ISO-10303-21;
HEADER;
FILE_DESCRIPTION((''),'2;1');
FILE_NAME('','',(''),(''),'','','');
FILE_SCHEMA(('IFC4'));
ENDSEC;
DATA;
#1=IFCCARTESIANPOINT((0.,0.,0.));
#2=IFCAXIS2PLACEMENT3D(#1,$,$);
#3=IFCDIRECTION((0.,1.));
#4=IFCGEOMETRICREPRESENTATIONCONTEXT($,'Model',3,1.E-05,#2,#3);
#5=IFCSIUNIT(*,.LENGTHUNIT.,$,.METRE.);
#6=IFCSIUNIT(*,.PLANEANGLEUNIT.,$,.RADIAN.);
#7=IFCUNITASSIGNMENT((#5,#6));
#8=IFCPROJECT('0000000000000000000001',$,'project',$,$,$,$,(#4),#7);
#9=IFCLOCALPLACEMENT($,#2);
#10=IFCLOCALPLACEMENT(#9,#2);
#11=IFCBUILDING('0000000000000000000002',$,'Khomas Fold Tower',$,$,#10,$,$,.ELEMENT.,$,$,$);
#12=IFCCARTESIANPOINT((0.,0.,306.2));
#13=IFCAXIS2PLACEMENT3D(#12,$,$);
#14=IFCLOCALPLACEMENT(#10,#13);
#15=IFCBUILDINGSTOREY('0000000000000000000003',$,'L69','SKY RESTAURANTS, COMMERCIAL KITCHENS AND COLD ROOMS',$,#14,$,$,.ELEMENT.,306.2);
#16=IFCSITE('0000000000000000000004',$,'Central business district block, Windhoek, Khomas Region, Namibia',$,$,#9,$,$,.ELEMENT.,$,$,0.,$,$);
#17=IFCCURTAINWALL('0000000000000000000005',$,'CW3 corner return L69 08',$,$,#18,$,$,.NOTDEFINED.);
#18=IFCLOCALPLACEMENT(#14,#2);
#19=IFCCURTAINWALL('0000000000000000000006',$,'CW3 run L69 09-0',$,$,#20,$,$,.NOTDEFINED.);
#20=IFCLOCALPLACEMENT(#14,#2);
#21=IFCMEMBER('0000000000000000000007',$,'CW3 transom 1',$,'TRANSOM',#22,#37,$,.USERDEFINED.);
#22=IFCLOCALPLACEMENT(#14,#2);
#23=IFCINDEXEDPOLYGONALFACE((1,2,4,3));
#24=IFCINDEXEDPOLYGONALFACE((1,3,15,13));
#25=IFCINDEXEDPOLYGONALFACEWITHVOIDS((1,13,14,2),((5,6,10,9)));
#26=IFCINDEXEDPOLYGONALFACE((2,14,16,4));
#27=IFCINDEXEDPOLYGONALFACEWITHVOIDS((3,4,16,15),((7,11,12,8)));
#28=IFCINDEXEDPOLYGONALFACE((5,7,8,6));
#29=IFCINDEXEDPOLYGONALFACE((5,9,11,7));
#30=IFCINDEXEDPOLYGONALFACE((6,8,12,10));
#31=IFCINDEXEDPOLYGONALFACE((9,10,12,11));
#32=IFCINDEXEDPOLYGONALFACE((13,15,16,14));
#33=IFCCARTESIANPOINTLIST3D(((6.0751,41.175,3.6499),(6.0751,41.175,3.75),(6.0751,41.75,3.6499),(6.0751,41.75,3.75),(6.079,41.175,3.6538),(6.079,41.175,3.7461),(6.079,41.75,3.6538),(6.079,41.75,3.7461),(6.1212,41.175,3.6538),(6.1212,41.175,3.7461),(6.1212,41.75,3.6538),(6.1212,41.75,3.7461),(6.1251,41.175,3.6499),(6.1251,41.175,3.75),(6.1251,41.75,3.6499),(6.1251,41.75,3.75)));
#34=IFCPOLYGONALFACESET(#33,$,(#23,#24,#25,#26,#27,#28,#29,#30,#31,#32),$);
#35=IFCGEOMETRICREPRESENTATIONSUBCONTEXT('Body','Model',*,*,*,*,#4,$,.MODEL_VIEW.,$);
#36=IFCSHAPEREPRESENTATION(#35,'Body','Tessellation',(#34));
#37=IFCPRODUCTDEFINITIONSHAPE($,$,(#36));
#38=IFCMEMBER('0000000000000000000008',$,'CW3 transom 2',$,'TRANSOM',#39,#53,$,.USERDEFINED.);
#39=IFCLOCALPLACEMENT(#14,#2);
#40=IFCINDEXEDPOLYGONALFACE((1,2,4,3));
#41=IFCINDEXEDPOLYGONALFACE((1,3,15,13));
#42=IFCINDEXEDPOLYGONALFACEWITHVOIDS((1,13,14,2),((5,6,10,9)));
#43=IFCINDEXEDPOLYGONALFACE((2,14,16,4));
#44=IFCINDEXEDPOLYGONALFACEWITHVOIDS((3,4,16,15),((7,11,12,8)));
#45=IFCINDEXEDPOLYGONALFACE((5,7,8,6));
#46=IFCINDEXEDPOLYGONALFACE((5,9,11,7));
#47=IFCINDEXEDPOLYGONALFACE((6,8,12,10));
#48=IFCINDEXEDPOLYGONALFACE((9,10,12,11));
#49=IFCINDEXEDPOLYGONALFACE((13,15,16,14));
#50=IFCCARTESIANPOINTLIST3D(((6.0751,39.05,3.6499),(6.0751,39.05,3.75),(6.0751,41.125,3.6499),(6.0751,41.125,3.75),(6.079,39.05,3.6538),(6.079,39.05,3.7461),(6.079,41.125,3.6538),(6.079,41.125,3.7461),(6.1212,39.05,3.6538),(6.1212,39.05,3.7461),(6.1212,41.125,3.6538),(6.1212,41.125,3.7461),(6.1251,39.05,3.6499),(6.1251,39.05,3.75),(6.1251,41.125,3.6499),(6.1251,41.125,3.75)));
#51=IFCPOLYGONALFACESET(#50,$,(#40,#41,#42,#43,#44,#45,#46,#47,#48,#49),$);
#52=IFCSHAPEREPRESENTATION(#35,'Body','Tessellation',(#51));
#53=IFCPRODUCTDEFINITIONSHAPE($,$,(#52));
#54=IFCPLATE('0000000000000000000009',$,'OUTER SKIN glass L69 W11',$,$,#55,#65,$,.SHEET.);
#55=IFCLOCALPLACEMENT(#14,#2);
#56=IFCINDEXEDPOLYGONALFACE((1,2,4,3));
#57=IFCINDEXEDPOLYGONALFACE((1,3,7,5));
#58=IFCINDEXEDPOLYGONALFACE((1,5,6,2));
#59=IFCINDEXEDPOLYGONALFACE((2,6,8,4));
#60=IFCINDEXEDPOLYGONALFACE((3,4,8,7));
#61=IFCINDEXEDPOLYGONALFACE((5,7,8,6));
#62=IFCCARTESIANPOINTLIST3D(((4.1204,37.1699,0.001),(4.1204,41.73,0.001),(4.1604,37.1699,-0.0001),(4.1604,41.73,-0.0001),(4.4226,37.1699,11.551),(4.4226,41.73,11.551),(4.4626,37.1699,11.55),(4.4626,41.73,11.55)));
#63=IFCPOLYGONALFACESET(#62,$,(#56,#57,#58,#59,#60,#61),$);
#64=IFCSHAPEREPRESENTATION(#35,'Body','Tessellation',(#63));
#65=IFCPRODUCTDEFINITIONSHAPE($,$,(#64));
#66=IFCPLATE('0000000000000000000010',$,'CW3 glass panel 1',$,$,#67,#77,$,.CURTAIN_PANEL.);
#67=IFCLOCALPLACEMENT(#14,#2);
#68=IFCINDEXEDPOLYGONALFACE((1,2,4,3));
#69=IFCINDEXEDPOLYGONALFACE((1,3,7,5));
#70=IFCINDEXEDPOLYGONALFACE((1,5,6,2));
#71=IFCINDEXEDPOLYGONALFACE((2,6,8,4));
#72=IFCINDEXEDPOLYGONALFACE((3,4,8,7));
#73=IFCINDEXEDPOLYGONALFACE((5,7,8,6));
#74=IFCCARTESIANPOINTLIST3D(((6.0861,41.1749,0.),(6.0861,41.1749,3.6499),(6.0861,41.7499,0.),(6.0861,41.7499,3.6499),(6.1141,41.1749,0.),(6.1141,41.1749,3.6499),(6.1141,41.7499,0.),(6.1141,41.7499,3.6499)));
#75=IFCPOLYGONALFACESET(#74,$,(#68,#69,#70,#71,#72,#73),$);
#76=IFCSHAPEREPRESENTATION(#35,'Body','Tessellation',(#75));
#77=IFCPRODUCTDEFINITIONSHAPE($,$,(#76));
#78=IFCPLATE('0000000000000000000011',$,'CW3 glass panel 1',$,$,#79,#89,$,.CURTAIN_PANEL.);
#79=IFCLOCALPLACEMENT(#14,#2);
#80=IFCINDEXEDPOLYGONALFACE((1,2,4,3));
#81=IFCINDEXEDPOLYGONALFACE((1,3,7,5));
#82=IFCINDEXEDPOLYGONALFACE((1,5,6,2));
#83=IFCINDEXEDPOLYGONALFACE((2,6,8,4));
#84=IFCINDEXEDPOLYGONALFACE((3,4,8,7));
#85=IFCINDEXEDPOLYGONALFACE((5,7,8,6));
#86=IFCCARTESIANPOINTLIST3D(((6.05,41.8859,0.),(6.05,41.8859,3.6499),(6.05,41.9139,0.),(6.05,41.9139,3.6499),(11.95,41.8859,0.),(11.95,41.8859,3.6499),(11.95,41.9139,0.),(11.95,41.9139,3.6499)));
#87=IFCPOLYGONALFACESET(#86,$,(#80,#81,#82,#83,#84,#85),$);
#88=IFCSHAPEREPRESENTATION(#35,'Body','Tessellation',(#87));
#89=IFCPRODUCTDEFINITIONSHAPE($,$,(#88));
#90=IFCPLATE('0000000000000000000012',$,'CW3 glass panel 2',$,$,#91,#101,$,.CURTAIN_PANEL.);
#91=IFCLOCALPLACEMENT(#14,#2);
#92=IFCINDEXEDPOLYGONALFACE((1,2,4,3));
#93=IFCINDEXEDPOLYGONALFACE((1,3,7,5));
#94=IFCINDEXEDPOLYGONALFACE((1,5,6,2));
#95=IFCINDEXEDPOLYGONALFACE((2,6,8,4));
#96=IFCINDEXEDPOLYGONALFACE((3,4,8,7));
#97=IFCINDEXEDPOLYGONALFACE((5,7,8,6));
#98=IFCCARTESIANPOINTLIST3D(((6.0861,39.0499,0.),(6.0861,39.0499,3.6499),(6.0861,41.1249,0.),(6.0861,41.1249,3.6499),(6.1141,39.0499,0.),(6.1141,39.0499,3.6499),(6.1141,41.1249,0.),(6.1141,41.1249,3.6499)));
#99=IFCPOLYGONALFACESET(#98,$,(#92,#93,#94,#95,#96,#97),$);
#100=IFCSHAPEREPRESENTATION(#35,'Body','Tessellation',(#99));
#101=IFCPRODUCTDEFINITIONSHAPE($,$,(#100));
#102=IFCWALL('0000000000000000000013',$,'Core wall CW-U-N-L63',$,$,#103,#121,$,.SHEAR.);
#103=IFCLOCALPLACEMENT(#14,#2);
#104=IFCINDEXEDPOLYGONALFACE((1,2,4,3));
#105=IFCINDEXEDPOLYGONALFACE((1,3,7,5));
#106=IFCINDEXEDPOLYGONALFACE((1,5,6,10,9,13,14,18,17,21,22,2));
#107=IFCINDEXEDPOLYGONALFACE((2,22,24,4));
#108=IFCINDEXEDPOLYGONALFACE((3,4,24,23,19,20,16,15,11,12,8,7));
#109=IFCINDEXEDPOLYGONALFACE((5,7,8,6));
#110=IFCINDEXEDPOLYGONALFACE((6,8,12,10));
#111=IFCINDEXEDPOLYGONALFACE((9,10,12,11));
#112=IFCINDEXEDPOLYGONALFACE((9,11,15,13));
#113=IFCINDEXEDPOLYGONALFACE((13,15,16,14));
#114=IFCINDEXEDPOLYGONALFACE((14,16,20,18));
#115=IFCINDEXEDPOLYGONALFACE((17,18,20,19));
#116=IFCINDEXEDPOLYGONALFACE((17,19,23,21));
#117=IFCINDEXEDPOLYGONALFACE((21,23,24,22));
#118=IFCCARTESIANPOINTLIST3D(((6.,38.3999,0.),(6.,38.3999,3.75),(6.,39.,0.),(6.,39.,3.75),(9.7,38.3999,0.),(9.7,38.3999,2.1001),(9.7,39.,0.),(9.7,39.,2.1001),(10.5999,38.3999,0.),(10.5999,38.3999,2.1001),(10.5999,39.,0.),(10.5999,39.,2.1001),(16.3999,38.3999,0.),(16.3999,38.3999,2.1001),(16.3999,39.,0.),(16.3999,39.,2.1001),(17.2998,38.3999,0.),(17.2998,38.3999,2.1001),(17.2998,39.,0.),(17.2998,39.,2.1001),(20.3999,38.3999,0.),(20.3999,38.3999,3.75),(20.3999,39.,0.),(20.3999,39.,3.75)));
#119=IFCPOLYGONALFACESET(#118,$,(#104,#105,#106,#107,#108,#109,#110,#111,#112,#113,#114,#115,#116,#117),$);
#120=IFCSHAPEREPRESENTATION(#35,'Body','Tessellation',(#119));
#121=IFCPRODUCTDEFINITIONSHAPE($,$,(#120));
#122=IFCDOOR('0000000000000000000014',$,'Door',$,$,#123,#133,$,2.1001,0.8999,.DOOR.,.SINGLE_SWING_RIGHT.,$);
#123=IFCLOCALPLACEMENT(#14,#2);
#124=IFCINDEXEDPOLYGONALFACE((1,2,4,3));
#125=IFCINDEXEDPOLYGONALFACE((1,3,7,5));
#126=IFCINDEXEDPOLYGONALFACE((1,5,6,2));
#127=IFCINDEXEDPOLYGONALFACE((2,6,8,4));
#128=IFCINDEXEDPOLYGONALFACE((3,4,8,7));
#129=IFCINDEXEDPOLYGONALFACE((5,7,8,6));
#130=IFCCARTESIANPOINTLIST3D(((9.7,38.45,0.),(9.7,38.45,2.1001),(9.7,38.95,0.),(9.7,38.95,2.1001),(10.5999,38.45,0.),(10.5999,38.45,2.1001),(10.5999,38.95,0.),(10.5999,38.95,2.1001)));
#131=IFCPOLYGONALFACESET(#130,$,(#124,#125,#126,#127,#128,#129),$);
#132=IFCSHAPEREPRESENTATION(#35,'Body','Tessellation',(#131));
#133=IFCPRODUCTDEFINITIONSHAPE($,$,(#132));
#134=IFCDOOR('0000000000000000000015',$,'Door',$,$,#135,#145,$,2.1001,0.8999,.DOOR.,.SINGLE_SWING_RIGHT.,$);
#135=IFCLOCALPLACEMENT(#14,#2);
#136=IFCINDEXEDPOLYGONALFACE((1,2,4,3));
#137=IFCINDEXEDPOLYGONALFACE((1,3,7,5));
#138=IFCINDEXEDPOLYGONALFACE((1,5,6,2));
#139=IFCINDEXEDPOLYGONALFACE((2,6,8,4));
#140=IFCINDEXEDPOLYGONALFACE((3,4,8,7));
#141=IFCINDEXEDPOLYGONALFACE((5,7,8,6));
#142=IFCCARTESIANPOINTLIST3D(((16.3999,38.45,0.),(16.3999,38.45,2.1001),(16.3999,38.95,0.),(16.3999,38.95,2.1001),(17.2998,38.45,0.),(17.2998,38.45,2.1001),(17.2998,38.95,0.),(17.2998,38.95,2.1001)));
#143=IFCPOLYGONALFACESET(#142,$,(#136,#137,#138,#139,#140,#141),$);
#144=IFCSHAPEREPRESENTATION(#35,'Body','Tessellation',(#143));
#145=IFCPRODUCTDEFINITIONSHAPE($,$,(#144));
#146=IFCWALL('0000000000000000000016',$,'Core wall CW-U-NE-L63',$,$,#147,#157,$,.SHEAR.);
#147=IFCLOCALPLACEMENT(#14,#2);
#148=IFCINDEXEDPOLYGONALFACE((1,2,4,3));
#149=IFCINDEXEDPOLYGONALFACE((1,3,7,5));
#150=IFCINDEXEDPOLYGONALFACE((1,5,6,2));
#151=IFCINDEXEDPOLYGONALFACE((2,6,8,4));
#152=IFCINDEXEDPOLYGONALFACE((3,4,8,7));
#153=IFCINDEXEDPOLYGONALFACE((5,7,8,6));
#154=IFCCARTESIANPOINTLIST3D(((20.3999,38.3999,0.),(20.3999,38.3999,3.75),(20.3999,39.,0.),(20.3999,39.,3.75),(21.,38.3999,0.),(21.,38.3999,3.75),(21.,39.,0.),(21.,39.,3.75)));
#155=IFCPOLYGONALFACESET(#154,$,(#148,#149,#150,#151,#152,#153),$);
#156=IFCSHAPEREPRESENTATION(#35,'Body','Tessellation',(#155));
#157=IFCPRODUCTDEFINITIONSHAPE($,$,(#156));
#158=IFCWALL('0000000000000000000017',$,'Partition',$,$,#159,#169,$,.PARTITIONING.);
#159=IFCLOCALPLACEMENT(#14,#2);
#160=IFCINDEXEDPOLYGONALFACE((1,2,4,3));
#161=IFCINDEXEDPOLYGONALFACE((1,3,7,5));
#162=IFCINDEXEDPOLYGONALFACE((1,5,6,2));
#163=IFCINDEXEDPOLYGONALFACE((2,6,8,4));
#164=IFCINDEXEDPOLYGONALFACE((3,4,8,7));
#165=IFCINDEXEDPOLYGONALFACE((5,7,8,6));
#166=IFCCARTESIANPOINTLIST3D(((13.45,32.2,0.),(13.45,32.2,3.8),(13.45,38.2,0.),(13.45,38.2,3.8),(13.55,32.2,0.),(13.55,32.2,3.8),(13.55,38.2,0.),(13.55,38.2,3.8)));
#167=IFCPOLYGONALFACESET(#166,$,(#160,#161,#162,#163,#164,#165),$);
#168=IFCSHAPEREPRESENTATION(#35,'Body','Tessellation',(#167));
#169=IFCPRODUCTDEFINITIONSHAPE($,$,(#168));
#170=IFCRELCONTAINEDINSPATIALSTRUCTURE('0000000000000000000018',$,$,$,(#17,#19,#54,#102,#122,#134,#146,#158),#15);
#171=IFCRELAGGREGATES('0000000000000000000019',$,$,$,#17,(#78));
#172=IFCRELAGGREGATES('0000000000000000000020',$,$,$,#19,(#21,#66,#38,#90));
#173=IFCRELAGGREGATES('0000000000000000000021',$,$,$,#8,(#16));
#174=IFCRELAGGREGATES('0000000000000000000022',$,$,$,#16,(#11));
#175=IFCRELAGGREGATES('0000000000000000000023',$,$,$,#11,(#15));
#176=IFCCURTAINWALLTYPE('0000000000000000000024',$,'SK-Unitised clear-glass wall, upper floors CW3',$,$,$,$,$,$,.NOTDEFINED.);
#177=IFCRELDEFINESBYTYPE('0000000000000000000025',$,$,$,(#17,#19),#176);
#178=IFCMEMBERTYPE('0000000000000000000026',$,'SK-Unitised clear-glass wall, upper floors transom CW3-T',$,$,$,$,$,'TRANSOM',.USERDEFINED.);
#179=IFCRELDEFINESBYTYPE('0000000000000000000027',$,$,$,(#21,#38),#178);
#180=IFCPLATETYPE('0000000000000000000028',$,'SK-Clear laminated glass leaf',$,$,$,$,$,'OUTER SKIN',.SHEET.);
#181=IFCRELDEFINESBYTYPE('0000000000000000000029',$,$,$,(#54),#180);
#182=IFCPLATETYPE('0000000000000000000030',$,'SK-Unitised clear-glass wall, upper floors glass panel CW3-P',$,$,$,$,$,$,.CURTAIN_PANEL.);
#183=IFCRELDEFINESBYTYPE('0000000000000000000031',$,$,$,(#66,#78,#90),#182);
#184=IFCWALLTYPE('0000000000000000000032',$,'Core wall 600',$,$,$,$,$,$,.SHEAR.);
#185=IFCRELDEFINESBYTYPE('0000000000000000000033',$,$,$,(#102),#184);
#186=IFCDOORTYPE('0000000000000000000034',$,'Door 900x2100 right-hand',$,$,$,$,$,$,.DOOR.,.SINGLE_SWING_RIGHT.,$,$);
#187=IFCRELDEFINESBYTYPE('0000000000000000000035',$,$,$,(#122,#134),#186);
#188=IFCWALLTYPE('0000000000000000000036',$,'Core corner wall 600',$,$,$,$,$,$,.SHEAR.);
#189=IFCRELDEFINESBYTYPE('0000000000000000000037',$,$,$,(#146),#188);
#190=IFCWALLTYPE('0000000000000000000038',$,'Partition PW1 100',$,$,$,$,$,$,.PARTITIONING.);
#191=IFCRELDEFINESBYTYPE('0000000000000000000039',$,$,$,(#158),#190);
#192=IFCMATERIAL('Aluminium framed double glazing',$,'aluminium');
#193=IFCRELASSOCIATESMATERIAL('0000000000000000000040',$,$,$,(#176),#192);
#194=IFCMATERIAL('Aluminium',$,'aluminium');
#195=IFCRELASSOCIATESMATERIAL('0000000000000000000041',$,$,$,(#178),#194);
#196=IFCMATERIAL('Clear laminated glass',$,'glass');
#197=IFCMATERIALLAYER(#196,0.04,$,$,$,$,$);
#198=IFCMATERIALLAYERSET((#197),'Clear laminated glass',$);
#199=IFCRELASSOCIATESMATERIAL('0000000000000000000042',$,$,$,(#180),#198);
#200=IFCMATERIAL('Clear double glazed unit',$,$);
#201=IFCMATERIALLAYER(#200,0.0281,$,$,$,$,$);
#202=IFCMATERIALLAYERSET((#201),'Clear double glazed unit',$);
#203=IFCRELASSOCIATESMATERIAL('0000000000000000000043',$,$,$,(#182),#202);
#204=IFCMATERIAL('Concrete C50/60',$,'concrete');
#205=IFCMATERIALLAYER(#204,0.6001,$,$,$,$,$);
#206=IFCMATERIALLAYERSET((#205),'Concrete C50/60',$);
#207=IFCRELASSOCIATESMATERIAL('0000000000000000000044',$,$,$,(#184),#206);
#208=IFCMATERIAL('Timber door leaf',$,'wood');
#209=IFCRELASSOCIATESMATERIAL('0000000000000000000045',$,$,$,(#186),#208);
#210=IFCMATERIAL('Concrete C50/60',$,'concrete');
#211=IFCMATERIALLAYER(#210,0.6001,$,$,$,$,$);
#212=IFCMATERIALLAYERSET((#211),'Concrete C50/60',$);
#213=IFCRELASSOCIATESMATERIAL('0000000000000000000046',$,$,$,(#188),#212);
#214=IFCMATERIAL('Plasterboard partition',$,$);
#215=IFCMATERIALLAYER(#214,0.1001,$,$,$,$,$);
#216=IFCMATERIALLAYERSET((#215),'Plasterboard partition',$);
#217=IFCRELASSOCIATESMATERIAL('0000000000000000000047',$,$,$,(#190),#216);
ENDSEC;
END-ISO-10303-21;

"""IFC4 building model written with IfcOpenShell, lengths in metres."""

from ifc_helpers import new_model, si_unit, direction, frame, frame_2d, origin, origin_2d, place, context, subcontext, project, spatial, polyline, rectangle, hollow_rectangle, outline, extrude, source, transform, mapped, material, layer, layer_set, material_profile, profile_set, type_object, element, fill, aggregate, save


model = new_model("IFC4")

# Units and contexts
model_context = context("Model", 3, precision=1e-05, world=origin(), true_north=direction((0.0, 1.0)))
body_context = subcontext(model_context, "Body", "Model", "MODEL_VIEW")
ifc_project = project(units=[si_unit("LENGTHUNIT", "METRE"), si_unit("PLANEANGLEUNIT", "RADIAN")], contexts=[model_context])

# Site, building, storey
site_placement = place(None, origin())
site = spatial("IfcSite", under=ifc_project, at=site_placement, Name="Central business district block, Windhoek, Khomas Region, Namibia", CompositionType="ELEMENT", RefElevation=0.0)
building_placement = place(site_placement, origin())
building = spatial("IfcBuilding", under=site, at=building_placement, Name="Khomas Fold Tower", CompositionType="ELEMENT")
storey_placement = place(building_placement, frame((0.0, 0.0, 306.2)))
storey = spatial("IfcBuildingStorey", under=building, at=storey_placement, Name="L69", Description="SKY RESTAURANTS, COMMERCIAL KITCHENS AND COLD ROOMS", CompositionType="ELEMENT", Elevation=306.2)

# Curtain wall
ifc_material_1 = material(Name="Aluminium framed double glazing", Category="aluminium")
curtain_wall_type = type_object("IfcCurtainWallType", Name="SK-Unitised clear-glass wall, upper floors CW3", PredefinedType="NOTDEFINED", material=ifc_material_1)
curtain_wall_1_placement = place(storey_placement, origin())
curtain_wall_1 = element("IfcCurtainWall", 1, at=curtain_wall_1_placement, inside=storey, type_object=curtain_wall_type, Name="CW3 corner return L69 08", PredefinedType="NOTDEFINED")

# Curtain wall, members
curtain_wall_2_placement = place(storey_placement, origin())
curtain_wall_2 = element("IfcCurtainWall", 2, at=curtain_wall_2_placement, inside=storey, type_object=curtain_wall_type, Name="CW3 run L69 09-0", PredefinedType="NOTDEFINED")
ifc_material_2 = material(Name="Aluminium", Category="aluminium")
ifc_material_profile_1 = material_profile(ifc_material_2, hollow_rectangle(XDim=0.05, YDim=0.1001, WallThickness=0.0039, at=origin_2d()), Name="SK-Unitised clear-glass wall, upper floors transom CW3-T")
ifc_profile_set_1 = profile_set([ifc_material_profile_1], Name="Aluminium")
member_type_1 = type_object("IfcMemberType", Name="SK-Unitised clear-glass wall, upper floors transom CW3-T", ElementType="TRANSOM", PredefinedType="USERDEFINED", material=ifc_profile_set_1)
shared_shape_1 = source(origin(), body_context, "Body", "SweptSolid", [
    extrude(hollow_rectangle(XDim=0.05, YDim=0.1001, WallThickness=0.0039, at=origin_2d()), origin(), (0.0, 0.0, 1.0), 0.575),
])
member_1_placement = place(storey_placement, frame((6.1001, 41.75, 3.7), z_axis=(0.0, -1.0, 0.0), x_axis=(1.0, 0.0, 0.0)))
member_1 = element("IfcMember", 3, at=member_1_placement, type_object=member_type_1, Name="CW3 transom 1", ObjectType="TRANSOM", PredefinedType="USERDEFINED", context=body_context, shape_type="MappedRepresentation", body=[
    mapped(shared_shape_1, transform((0.0, 0.0, 0.0))),
])
shared_shape_2 = source(origin(), body_context, "Body", "SweptSolid", [
    extrude(hollow_rectangle(XDim=0.05, YDim=0.1001, WallThickness=0.0039, at=origin_2d()), origin(), (0.0, 0.0, 1.0), 2.075),
])
member_2_placement = place(storey_placement, frame((6.1001, 41.125, 3.7), z_axis=(0.0, -1.0, 0.0), x_axis=(1.0, 0.0, 0.0)))
member_2 = element("IfcMember", 4, at=member_2_placement, type_object=member_type_1, Name="CW3 transom 2", ObjectType="TRANSOM", PredefinedType="USERDEFINED", context=body_context, shape_type="MappedRepresentation", body=[
    mapped(shared_shape_2, transform((0.0, 0.0, 0.0))),
])

# Plates
ifc_material_3 = material(Name="Clear laminated glass", Category="glass")
ifc_layer_1 = layer(ifc_material_3, 0.04)
ifc_layer_set_1 = layer_set([ifc_layer_1], Name="Clear laminated glass")
plate_type_1 = type_object("IfcPlateType", Name="SK-Clear laminated glass leaf", ElementType="OUTER SKIN", PredefinedType="SHEET", material=ifc_layer_set_1)
plate_1_placement = place(storey_placement, frame((4.1204, 37.1699, 0.001), z_axis=(-0.999658, 0.0, 0.026159), x_axis=(0.0, 1.0, 0.0)))
element("IfcPlate", 5, at=plate_1_placement, inside=storey, type_object=plate_type_1, Name="OUTER SKIN glass L69 W11", PredefinedType="SHEET", context=body_context, shape_type="SweptSolid", body=[
    extrude(outline(polyline([(0.0, 0.0), (4.5601, 0.0), (4.5601, -11.554), (0.0, -11.554), (0.0, 0.0)])), origin(), (0.0, 0.0, -1.0), 0.04),
])
ifc_material_4 = material(Name="Clear double glazed unit")
ifc_layer_2 = layer(ifc_material_4, 0.0281)
ifc_layer_set_2 = layer_set([ifc_layer_2], Name="Clear double glazed unit")
plate_type_2 = type_object("IfcPlateType", Name="SK-Unitised clear-glass wall, upper floors glass panel CW3-P", PredefinedType="CURTAIN_PANEL", material=ifc_layer_set_2)
shared_shape_3 = source(origin(), body_context, "Body", "SweptSolid", [
    extrude(rectangle(XDim=0.575, YDim=0.0281, at=origin_2d()), origin(), (0.0, 0.0, 1.0), 3.6499),
])
plate_2_placement = place(storey_placement, frame((6.1001, 41.4624, 0.0), z_axis=(0.0, 0.0, 1.0), x_axis=(0.0, -1.0, 0.0)))
plate_2 = element("IfcPlate", 6, at=plate_2_placement, type_object=plate_type_2, Name="CW3 glass panel 1", PredefinedType="CURTAIN_PANEL", context=body_context, shape_type="MappedRepresentation", body=[
    mapped(shared_shape_3, transform((0.0, 0.0, 0.0))),
])
shared_shape_4 = source(origin(), body_context, "Body", "SweptSolid", [
    extrude(rectangle(XDim=5.8999, YDim=0.0281, at=origin_2d()), origin(), (0.0, 0.0, 1.0), 3.6499),
])
plate_3_placement = place(storey_placement, frame((9.0, 41.8999, 0.0), z_axis=(0.0, 0.0, 1.0), x_axis=(-1.0, 0.0, 0.0)))
plate_3 = element("IfcPlate", 7, at=plate_3_placement, type_object=plate_type_2, Name="CW3 glass panel 1", PredefinedType="CURTAIN_PANEL", context=body_context, shape_type="MappedRepresentation", body=[
    mapped(shared_shape_4, transform((0.0, 0.0, 0.0))),
])
aggregate(curtain_wall_1, [plate_3])
shared_shape_5 = source(origin(), body_context, "Body", "SweptSolid", [
    extrude(rectangle(XDim=2.075, YDim=0.0281, at=origin_2d()), origin(), (0.0, 0.0, 1.0), 3.6499),
])
plate_4_placement = place(storey_placement, frame((6.1001, 40.0874, 0.0), z_axis=(0.0, 0.0, 1.0), x_axis=(0.0, -1.0, 0.0)))
plate_4 = element("IfcPlate", 8, at=plate_4_placement, type_object=plate_type_2, Name="CW3 glass panel 2", PredefinedType="CURTAIN_PANEL", context=body_context, shape_type="MappedRepresentation", body=[
    mapped(shared_shape_5, transform((0.0, 0.0, 0.0))),
])
aggregate(curtain_wall_2, [member_1, plate_2, member_2, plate_4])

# Wall, openings, doors
ifc_material_5 = material(Name="Concrete C50/60", Category="concrete")
ifc_layer_3 = layer(ifc_material_5, 0.6001)
ifc_layer_set_3 = layer_set([ifc_layer_3], Name="Concrete C50/60")
wall_type_1 = type_object("IfcWallType", Name="Core wall 600", PredefinedType="SHEAR", material=ifc_layer_set_3)
shared_shape_6 = source(origin(), body_context, "Body", "SweptSolid", [
    extrude(rectangle(XDim=14.3999, YDim=0.6001, at=frame_2d((7.2, 0.0))), origin(), (0.0, 0.0, 1.0), 3.75),
])
wall_1_placement = place(storey_placement, frame((6.0, 38.7, 0.0), z_axis=(0.0, 0.0, 1.0), x_axis=(1.0, 0.0, 0.0)))
wall_1 = element("IfcWall", 9, at=wall_1_placement, inside=storey, type_object=wall_type_1, Name="Core wall CW-U-N-L63", PredefinedType="SHEAR", context=body_context, shape_type="MappedRepresentation", body=[
    mapped(shared_shape_6, transform((0.0, 0.0, 0.0))),
])
shared_shape_7 = source(origin(), body_context, "Body", "SweptSolid", [
    extrude(rectangle(XDim=0.8999, YDim=2.1001, at=frame_2d((0.45, 1.05))), frame((0.0, 0.3101, 0.0), z_axis=(0.0, -1.0, 0.0), x_axis=(1.0, 0.0, 0.0)), (0.0, 0.0, 1.0), 0.6201),
])
opening_1_placement = place(wall_1_placement, frame((3.7, 0.0, 0.0)))
opening_1 = element("IfcOpeningElement", 10, at=opening_1_placement, cuts=wall_1, PredefinedType="OPENING", context=body_context, shape_type="MappedRepresentation", body=[
    mapped(shared_shape_7, transform((0.0, 0.0, 0.0))),
])
opening_2_placement = place(wall_1_placement, frame((10.3999, 0.0, 0.0)))
opening_2 = element("IfcOpeningElement", 11, at=opening_2_placement, cuts=wall_1, PredefinedType="OPENING", context=body_context, shape_type="MappedRepresentation", body=[
    mapped(shared_shape_7, transform((0.0, 0.0, 0.0))),
])
ifc_material_6 = material(Name="Timber door leaf", Category="wood")
door_type = type_object("IfcDoorType", Name="Door 900x2100 right-hand", OperationType="SINGLE_SWING_RIGHT", PredefinedType="DOOR", material=ifc_material_6)
shared_shape_8 = source(origin(), body_context, "Body", "SweptSolid", [
    extrude(rectangle(XDim=0.8999, YDim=2.1001, at=frame_2d((0.45, 1.05))), frame((0.0, 0.25, 0.0), z_axis=(0.0, -1.0, 0.0), x_axis=(1.0, 0.0, 0.0)), (0.0, 0.0, 1.0), 0.5),
])
door_1_placement = place(opening_1_placement, origin())
door_1 = element("IfcDoor", 12, at=door_1_placement, inside=storey, type_object=door_type, Name="Door", OperationType="SINGLE_SWING_RIGHT", OverallHeight=2.1001, OverallWidth=0.8999, PredefinedType="DOOR", context=body_context, shape_type="MappedRepresentation", body=[
    mapped(shared_shape_8, transform((0.0, 0.0, 0.0))),
])
fill(opening_1, door_1)
door_2_placement = place(opening_2_placement, origin())
door_2 = element("IfcDoor", 13, at=door_2_placement, inside=storey, type_object=door_type, Name="Door", OperationType="SINGLE_SWING_RIGHT", OverallHeight=2.1001, OverallWidth=0.8999, PredefinedType="DOOR", context=body_context, shape_type="MappedRepresentation", body=[
    mapped(shared_shape_8, transform((0.0, 0.0, 0.0))),
])
fill(opening_2, door_2)

# Walls
ifc_material_7 = material(Name="Concrete C50/60", Category="concrete")
ifc_layer_4 = layer(ifc_material_7, 0.6001)
ifc_layer_set_4 = layer_set([ifc_layer_4], Name="Concrete C50/60")
wall_type_2 = type_object("IfcWallType", Name="Core corner wall 600", PredefinedType="SHEAR", material=ifc_layer_set_4)
shared_shape_9 = source(origin(), body_context, "Body", "SweptSolid", [
    extrude(rectangle(XDim=0.6001, YDim=0.6001, at=frame_2d((0.3, 0.0))), origin(), (0.0, 0.0, 1.0), 3.75),
])
wall_2_placement = place(storey_placement, frame((20.3999, 38.7, 0.0), z_axis=(0.0, 0.0, 1.0), x_axis=(1.0, 0.0, 0.0)))
element("IfcWall", 14, at=wall_2_placement, inside=storey, type_object=wall_type_2, Name="Core wall CW-U-NE-L63", PredefinedType="SHEAR", context=body_context, shape_type="MappedRepresentation", body=[
    mapped(shared_shape_9, transform((0.0, 0.0, 0.0))),
])
ifc_material_8 = material(Name="Plasterboard partition")
ifc_layer_5 = layer(ifc_material_8, 0.1001)
ifc_layer_set_5 = layer_set([ifc_layer_5], Name="Plasterboard partition")
wall_type_3 = type_object("IfcWallType", Name="Partition PW1 100", PredefinedType="PARTITIONING", material=ifc_layer_set_5)
shared_shape_10 = source(origin(), body_context, "Body", "SweptSolid", [
    extrude(rectangle(XDim=6.0, YDim=0.1001, at=frame_2d((3.0, 0.0))), origin(), (0.0, 0.0, 1.0), 3.8),
])
wall_3_placement = place(storey_placement, frame((13.5, 32.2, 0.0), z_axis=(0.0, 0.0, 1.0), x_axis=(0.0, 1.0, 0.0)))
element("IfcWall", 15, at=wall_3_placement, inside=storey, type_object=wall_type_3, Name="Partition", PredefinedType="PARTITIONING", context=body_context, shape_type="MappedRepresentation", body=[
    mapped(shared_shape_10, transform((0.0, 0.0, 0.0))),
])

save(model, "model.ifc")
